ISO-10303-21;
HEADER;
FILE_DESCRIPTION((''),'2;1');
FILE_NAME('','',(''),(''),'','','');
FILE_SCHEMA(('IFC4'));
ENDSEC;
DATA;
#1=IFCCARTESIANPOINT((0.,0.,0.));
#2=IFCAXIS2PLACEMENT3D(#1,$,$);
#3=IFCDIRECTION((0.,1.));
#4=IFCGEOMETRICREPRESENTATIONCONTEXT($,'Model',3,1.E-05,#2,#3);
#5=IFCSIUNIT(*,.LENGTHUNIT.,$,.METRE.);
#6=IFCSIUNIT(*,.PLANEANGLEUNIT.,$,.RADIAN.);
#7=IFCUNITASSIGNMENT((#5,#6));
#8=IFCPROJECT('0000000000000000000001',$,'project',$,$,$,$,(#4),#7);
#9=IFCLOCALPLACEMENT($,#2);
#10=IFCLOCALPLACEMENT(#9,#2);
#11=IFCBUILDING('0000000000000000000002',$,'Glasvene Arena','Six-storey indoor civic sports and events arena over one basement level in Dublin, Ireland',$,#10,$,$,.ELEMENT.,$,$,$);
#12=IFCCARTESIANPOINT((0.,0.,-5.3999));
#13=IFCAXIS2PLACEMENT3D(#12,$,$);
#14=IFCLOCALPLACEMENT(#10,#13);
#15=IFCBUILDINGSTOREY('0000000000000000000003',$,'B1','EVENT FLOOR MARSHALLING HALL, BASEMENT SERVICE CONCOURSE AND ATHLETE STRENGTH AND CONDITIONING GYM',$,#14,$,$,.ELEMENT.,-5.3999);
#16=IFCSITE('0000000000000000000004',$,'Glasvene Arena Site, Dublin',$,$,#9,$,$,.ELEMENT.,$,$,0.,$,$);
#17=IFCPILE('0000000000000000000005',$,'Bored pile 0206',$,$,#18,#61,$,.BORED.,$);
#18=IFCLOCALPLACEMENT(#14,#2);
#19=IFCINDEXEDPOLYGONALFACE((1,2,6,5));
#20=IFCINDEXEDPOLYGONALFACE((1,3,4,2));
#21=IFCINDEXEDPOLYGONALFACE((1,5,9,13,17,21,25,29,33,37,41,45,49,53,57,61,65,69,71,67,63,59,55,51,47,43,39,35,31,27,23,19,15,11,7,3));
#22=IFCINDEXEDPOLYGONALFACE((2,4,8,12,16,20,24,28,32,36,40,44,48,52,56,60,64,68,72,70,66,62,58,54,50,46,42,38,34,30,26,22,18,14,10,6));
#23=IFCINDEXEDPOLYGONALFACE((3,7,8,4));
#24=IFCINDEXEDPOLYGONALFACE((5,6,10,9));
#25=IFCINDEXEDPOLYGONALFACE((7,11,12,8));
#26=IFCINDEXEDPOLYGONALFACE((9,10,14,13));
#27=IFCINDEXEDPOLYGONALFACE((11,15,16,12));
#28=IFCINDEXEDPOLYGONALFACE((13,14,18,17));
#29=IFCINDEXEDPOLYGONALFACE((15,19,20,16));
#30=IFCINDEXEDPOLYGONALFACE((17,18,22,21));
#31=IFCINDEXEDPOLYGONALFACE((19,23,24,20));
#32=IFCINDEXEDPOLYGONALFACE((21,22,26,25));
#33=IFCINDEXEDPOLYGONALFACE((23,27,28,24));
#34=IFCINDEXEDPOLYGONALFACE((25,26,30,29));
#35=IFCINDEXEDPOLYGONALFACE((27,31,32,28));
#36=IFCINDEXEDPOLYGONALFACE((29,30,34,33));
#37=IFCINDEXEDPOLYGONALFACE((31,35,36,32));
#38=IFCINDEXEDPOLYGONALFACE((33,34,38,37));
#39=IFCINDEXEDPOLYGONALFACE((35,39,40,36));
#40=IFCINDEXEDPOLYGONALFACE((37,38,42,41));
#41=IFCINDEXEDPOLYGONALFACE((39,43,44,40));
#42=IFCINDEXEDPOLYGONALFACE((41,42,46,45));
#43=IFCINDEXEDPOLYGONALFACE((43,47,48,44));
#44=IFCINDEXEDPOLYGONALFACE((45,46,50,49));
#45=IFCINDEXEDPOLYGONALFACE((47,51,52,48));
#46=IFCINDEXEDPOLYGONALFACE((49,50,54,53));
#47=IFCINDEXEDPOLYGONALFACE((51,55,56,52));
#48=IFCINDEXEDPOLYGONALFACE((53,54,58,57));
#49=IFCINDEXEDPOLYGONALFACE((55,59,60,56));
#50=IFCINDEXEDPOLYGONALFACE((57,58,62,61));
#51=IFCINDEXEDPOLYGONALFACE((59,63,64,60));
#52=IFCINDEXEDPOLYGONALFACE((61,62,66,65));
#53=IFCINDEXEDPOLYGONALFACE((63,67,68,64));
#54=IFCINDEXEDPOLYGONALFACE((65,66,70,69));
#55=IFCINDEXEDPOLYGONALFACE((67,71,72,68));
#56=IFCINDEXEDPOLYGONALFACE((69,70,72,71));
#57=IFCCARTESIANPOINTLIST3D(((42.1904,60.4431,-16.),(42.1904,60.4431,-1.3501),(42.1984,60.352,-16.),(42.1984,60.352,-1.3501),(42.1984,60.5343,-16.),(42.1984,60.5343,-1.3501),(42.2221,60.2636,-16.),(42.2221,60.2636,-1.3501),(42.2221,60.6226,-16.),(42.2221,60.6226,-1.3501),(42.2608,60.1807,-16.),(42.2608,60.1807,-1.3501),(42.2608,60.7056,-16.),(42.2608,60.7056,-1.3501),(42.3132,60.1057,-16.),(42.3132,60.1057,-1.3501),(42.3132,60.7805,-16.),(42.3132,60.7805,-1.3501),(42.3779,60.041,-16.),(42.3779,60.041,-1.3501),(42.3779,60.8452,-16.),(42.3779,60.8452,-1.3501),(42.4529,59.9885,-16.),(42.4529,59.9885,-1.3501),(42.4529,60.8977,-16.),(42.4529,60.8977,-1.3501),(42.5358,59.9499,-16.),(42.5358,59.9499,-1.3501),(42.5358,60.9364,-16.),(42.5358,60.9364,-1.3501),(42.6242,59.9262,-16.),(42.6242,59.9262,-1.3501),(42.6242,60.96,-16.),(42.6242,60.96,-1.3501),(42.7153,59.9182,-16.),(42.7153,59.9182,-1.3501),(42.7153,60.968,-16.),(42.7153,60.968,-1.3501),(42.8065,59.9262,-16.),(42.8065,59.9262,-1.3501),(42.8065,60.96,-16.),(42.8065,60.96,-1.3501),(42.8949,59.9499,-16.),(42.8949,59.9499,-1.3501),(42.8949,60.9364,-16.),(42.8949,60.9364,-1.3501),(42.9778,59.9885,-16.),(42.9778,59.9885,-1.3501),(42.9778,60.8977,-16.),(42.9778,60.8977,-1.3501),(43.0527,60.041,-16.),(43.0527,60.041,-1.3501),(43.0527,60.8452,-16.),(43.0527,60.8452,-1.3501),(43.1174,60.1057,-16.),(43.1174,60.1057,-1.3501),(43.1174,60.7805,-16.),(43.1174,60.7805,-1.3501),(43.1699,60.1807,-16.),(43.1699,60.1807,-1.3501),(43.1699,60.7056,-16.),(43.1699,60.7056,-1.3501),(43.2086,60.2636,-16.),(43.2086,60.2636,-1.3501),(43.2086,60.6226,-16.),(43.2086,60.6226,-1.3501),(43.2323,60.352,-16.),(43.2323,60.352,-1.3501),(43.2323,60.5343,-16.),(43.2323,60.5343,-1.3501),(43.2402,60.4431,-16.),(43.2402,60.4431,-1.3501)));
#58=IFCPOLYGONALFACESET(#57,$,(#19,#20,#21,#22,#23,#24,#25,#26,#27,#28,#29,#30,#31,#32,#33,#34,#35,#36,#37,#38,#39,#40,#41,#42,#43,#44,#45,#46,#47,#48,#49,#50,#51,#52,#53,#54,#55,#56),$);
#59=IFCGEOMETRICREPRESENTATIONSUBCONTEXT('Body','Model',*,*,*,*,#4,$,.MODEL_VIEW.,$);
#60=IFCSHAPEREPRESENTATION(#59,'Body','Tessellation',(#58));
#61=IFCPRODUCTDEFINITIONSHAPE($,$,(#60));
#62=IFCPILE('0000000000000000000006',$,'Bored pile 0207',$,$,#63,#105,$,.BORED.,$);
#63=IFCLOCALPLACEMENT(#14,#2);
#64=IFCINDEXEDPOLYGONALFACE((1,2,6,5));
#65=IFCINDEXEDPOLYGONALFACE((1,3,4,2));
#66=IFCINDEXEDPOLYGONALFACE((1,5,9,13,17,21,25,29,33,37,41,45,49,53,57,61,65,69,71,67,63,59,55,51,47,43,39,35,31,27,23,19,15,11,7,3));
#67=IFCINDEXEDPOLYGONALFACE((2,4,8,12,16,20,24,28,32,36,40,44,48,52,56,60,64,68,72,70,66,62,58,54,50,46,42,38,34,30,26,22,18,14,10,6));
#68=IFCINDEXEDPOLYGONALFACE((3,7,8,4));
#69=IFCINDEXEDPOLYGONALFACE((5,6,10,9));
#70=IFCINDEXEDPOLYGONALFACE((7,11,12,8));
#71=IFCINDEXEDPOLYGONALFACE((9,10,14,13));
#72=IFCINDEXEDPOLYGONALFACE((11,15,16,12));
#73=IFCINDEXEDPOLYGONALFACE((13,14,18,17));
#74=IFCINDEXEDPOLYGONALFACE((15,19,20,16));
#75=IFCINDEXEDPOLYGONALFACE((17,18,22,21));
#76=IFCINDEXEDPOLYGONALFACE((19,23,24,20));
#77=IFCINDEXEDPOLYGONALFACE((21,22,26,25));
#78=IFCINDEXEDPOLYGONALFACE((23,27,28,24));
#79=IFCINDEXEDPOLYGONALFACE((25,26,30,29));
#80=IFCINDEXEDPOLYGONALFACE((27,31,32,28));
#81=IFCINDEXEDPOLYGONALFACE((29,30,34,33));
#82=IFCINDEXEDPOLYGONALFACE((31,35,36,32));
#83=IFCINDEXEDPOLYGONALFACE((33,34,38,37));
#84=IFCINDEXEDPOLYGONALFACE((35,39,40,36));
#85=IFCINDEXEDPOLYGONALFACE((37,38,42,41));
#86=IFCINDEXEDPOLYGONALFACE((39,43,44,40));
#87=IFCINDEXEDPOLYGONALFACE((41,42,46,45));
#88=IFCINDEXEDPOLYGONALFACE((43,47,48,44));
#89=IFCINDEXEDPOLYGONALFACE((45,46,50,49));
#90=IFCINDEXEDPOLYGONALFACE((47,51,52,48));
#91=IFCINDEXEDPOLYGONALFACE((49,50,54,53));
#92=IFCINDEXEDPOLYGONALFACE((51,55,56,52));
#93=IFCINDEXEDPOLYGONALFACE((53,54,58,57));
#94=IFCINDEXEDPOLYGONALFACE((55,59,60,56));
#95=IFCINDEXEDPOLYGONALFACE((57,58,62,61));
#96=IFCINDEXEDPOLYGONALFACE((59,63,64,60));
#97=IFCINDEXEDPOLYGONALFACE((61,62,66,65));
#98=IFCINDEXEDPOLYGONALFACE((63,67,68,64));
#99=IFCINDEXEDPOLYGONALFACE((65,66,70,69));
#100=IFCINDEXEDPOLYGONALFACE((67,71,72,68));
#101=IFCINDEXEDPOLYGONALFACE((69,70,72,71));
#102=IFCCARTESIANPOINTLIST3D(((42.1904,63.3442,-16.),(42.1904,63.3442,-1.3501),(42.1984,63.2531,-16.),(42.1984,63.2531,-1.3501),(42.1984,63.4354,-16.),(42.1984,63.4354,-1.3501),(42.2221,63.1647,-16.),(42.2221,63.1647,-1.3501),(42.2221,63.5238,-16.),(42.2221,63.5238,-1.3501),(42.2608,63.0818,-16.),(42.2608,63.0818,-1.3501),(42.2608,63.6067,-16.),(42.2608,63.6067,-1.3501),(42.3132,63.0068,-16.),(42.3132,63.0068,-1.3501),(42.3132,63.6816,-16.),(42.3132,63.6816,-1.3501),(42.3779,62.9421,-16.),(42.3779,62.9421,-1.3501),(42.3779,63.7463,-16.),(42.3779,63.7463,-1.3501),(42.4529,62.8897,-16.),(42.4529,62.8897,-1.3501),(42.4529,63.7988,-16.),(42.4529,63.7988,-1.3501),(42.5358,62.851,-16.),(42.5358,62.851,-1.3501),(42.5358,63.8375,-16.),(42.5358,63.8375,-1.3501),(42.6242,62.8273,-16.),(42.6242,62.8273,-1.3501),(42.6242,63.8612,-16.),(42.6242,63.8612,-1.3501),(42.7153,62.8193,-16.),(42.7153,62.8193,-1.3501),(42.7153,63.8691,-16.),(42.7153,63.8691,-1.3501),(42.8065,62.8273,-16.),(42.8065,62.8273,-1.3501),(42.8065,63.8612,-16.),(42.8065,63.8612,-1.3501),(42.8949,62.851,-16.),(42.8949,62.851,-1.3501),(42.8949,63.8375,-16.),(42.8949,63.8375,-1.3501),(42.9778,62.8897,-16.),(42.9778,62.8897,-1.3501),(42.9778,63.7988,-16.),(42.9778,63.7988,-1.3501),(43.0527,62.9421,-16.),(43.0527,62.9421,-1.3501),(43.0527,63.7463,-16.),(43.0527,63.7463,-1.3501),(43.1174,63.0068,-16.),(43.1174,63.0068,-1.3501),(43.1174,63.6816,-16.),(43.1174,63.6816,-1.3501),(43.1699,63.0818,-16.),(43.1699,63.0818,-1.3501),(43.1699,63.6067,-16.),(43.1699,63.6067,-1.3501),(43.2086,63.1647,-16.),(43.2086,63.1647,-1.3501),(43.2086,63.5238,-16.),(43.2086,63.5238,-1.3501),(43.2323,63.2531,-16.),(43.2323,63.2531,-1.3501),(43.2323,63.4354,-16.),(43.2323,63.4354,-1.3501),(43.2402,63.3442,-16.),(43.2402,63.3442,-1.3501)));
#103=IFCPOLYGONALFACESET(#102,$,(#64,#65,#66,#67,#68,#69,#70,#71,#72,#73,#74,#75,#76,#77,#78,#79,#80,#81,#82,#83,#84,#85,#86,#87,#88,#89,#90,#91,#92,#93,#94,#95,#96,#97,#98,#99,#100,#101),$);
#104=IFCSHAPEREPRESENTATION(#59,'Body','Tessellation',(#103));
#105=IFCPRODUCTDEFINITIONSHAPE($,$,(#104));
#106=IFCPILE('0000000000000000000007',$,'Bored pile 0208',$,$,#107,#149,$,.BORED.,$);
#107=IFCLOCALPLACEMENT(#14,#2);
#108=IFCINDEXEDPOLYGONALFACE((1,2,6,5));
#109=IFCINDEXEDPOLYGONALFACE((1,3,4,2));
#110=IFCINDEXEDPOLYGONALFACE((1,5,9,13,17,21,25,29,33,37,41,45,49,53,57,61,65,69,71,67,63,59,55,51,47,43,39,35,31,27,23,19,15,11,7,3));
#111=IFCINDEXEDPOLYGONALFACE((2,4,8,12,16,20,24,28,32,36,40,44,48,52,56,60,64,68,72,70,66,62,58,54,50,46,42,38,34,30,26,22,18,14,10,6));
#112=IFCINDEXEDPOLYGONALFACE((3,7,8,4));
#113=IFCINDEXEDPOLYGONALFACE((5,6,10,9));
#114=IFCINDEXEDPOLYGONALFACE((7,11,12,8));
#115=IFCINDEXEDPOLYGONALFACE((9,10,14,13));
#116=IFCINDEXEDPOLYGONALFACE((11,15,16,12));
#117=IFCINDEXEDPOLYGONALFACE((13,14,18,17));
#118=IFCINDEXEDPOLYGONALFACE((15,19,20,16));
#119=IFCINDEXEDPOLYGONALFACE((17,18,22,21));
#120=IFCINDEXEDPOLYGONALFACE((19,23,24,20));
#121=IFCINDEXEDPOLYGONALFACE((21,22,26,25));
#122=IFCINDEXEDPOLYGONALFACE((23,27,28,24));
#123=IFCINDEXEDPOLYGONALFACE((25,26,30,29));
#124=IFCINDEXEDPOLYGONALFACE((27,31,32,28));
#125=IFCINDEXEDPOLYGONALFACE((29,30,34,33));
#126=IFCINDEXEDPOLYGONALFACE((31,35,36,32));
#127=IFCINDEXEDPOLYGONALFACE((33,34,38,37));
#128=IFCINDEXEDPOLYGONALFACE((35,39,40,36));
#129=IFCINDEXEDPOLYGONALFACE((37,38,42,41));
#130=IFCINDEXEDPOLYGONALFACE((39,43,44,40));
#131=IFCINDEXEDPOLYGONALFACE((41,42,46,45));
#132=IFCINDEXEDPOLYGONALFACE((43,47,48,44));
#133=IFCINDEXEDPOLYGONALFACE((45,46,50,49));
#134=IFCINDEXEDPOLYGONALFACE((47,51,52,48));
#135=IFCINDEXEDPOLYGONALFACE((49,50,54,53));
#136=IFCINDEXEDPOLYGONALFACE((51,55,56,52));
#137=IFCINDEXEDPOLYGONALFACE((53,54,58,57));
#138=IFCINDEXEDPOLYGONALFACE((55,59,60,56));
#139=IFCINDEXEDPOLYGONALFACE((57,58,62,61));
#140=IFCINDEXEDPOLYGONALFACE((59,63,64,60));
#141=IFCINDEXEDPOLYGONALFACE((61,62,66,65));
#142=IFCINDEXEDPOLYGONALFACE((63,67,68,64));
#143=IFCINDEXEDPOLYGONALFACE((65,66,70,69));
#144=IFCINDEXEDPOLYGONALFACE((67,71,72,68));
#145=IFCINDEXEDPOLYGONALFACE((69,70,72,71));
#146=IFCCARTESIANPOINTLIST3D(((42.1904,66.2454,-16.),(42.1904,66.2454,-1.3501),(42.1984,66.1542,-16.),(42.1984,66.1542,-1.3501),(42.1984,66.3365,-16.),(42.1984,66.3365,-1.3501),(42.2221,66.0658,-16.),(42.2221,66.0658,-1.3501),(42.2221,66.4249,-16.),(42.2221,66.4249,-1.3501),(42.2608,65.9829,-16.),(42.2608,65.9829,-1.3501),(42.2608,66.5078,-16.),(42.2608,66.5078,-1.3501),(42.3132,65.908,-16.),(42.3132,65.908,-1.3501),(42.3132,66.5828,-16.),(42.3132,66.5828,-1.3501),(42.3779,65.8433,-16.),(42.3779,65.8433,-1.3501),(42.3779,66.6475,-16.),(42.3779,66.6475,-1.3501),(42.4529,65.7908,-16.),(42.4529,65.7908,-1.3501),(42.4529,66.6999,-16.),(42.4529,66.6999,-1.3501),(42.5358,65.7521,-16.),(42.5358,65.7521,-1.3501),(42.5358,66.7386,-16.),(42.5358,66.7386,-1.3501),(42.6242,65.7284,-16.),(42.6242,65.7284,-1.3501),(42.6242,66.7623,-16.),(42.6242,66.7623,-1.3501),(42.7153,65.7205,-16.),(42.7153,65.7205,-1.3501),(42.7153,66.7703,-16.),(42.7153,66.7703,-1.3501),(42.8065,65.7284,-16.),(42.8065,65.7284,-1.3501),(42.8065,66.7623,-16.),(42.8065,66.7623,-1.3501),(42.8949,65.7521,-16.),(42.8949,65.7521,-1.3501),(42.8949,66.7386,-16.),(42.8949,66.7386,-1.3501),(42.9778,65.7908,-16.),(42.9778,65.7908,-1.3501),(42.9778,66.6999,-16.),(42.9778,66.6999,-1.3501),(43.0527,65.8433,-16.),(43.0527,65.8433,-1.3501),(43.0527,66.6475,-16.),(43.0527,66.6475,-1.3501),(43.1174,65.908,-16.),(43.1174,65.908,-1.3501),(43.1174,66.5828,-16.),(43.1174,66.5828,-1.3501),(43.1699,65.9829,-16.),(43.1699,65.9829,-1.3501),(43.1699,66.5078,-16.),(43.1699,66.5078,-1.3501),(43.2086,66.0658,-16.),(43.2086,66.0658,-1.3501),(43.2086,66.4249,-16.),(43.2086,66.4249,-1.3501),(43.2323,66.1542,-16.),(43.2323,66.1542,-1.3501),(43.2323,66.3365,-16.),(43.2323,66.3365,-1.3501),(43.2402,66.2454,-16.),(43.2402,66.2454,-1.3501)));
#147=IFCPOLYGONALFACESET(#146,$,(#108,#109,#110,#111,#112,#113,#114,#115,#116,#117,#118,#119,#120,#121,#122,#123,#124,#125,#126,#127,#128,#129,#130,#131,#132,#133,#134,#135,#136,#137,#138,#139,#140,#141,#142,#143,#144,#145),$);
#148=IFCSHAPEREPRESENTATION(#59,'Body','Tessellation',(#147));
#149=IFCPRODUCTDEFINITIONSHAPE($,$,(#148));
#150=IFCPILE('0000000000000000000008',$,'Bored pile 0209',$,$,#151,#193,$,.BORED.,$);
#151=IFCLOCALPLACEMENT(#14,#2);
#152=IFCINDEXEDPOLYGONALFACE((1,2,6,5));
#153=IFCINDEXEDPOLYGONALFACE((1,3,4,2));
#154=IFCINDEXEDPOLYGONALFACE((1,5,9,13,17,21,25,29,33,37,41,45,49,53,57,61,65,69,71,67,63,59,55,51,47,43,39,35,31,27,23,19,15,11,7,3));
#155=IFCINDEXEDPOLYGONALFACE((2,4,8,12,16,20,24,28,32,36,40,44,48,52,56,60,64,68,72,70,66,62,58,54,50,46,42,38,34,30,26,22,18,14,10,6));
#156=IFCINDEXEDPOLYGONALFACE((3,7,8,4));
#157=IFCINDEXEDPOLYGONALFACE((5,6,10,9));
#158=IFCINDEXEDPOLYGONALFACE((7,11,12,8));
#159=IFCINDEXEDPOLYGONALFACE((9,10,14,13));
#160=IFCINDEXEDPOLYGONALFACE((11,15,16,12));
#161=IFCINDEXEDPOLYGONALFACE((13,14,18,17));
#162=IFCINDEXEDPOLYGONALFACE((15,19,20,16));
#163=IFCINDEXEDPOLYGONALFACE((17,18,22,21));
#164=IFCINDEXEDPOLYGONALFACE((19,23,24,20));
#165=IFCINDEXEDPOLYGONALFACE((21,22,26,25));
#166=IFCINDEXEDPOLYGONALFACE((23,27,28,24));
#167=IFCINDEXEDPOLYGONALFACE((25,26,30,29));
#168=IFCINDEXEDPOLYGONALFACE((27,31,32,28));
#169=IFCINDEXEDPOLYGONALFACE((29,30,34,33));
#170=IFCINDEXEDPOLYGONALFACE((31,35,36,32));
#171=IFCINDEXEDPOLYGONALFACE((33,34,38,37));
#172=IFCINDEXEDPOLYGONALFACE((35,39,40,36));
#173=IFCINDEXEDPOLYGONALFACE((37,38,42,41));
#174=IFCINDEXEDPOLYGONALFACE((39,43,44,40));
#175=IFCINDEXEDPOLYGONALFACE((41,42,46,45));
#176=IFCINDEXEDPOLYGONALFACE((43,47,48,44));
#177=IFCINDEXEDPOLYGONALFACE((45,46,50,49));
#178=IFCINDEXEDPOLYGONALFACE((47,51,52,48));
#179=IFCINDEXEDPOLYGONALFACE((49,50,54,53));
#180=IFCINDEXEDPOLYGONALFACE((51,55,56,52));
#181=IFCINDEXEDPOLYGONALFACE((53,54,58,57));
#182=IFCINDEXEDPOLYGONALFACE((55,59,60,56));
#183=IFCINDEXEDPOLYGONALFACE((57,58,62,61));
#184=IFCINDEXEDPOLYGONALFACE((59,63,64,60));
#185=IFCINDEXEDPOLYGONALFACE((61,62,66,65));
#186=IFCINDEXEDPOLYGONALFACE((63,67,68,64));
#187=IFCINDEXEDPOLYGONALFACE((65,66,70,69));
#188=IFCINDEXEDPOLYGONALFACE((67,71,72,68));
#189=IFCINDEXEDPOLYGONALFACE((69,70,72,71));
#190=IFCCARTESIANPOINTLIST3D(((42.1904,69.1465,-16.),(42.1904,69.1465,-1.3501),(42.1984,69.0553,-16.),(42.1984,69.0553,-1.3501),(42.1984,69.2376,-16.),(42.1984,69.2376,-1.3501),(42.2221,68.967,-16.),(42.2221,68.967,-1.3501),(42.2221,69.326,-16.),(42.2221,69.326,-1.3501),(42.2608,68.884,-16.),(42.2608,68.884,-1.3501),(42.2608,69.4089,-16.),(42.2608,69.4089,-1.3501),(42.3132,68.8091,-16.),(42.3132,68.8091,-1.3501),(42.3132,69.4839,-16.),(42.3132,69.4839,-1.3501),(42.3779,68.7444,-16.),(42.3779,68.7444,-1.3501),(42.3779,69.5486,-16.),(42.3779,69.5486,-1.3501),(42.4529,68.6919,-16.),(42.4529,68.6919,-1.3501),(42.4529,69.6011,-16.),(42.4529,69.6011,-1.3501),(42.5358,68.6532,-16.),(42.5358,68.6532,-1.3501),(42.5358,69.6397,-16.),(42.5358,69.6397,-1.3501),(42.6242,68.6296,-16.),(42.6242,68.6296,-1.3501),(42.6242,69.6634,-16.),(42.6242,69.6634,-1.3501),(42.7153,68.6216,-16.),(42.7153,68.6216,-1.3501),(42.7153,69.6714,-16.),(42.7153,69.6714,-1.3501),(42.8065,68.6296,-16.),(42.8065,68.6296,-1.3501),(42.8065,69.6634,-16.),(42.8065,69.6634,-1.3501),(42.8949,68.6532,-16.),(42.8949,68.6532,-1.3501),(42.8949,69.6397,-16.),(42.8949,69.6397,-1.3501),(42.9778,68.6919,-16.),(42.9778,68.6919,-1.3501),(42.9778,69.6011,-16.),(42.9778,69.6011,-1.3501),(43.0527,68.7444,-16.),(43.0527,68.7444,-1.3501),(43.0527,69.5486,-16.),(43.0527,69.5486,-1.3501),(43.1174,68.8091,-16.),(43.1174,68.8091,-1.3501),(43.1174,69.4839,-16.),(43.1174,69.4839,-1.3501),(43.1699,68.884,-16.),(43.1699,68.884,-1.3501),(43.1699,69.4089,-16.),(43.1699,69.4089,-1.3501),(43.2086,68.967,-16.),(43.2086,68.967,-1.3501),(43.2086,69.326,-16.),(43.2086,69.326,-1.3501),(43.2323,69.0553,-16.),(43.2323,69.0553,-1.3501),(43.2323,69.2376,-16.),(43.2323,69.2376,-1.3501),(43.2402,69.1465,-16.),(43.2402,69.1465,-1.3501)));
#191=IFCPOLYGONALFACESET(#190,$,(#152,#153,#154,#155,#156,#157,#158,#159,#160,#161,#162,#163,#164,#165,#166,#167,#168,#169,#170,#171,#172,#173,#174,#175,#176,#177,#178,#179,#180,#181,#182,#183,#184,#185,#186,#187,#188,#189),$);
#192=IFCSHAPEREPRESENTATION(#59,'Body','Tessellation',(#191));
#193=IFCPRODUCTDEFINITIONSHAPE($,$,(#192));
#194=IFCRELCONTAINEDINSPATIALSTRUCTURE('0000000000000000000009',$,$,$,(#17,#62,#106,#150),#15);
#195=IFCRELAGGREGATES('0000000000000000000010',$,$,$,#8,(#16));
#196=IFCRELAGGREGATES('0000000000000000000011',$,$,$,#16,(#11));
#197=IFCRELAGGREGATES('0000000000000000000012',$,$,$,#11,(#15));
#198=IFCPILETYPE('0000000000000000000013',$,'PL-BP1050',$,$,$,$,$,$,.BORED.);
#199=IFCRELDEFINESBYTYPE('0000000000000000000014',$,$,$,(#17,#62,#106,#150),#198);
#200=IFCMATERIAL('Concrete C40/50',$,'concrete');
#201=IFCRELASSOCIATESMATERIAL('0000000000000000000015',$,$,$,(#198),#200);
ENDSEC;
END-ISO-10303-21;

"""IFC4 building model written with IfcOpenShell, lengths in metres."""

from ifc_helpers import new_model, si_unit, direction, frame, origin, origin_2d, place, context, subcontext, project, spatial, circle, extrude, material, material_profile, profile_set, type_object, element, save


model = new_model("IFC4")

# Units and contexts
model_context = context("Model", 3, precision=1e-05, world=origin(), true_north=direction((0.0, 1.0)))
body_context = subcontext(model_context, "Body", "Model", "MODEL_VIEW")
ifc_project = project(units=[si_unit("LENGTHUNIT", "METRE"), si_unit("PLANEANGLEUNIT", "RADIAN")], contexts=[model_context])

# Site, building, storey
site_placement = place(None, origin())
site = spatial("IfcSite", under=ifc_project, at=site_placement, Name="Glasvene Arena Site, Dublin", CompositionType="ELEMENT", RefElevation=0.0)
building_placement = place(site_placement, origin())
building = spatial("IfcBuilding", under=site, at=building_placement, Name="Glasvene Arena", Description="Six-storey indoor civic sports and events arena over one basement level in Dublin, Ireland", CompositionType="ELEMENT")
storey_placement = place(building_placement, frame((0.0, 0.0, -5.3999)))
storey = spatial("IfcBuildingStorey", under=building, at=storey_placement, Name="B1", Description="EVENT FLOOR MARSHALLING HALL, BASEMENT SERVICE CONCOURSE AND ATHLETE STRENGTH AND CONDITIONING GYM", CompositionType="ELEMENT", Elevation=-5.3999)

# Piles
ifc_material_1 = material(Name="Concrete C40/50", Category="concrete")
ifc_material_profile_1 = material_profile(ifc_material_1, circle(Radius=0.5249, at=origin_2d()), Name="BORED PILE 1050")
ifc_profile_set_1 = profile_set([ifc_material_profile_1], Name="Concrete C40/50")
pile_type = type_object("IfcPileType", Name="PL-BP1050", PredefinedType="BORED", material=ifc_profile_set_1)
for number, where, z_axis, x_axis, name in (
    (1, (42.7153, 60.4431, -1.3501), (0.0, 0.0, -1.0), (1.0, 0.0, 0.0), "Bored pile 0206"),
    (2, (42.7153, 63.3442, -1.3501), (0.0, 0.0, -1.0), (1.0, 0.0, 0.0), "Bored pile 0207"),
    (3, (42.7153, 66.2454, -1.3501), (0.0, 0.0, -1.0), (1.0, 0.0, 0.0), "Bored pile 0208"),
    (4, (42.7153, 69.1465, -1.3501), (0.0, 0.0, -1.0), (1.0, 0.0, 0.0), "Bored pile 0209"),
):
    element("IfcPile", number, at=place(storey_placement, frame(where, z_axis=z_axis, x_axis=x_axis)), inside=storey, type_object=pile_type, Name=name, PredefinedType="BORED", context=body_context, shape_type="SweptSolid", body=[
        extrude(circle(Radius=0.5249, at=origin_2d()), origin(), (0.0, 0.0, 1.0), 14.6499),
    ])

save(model, "model.ifc")
